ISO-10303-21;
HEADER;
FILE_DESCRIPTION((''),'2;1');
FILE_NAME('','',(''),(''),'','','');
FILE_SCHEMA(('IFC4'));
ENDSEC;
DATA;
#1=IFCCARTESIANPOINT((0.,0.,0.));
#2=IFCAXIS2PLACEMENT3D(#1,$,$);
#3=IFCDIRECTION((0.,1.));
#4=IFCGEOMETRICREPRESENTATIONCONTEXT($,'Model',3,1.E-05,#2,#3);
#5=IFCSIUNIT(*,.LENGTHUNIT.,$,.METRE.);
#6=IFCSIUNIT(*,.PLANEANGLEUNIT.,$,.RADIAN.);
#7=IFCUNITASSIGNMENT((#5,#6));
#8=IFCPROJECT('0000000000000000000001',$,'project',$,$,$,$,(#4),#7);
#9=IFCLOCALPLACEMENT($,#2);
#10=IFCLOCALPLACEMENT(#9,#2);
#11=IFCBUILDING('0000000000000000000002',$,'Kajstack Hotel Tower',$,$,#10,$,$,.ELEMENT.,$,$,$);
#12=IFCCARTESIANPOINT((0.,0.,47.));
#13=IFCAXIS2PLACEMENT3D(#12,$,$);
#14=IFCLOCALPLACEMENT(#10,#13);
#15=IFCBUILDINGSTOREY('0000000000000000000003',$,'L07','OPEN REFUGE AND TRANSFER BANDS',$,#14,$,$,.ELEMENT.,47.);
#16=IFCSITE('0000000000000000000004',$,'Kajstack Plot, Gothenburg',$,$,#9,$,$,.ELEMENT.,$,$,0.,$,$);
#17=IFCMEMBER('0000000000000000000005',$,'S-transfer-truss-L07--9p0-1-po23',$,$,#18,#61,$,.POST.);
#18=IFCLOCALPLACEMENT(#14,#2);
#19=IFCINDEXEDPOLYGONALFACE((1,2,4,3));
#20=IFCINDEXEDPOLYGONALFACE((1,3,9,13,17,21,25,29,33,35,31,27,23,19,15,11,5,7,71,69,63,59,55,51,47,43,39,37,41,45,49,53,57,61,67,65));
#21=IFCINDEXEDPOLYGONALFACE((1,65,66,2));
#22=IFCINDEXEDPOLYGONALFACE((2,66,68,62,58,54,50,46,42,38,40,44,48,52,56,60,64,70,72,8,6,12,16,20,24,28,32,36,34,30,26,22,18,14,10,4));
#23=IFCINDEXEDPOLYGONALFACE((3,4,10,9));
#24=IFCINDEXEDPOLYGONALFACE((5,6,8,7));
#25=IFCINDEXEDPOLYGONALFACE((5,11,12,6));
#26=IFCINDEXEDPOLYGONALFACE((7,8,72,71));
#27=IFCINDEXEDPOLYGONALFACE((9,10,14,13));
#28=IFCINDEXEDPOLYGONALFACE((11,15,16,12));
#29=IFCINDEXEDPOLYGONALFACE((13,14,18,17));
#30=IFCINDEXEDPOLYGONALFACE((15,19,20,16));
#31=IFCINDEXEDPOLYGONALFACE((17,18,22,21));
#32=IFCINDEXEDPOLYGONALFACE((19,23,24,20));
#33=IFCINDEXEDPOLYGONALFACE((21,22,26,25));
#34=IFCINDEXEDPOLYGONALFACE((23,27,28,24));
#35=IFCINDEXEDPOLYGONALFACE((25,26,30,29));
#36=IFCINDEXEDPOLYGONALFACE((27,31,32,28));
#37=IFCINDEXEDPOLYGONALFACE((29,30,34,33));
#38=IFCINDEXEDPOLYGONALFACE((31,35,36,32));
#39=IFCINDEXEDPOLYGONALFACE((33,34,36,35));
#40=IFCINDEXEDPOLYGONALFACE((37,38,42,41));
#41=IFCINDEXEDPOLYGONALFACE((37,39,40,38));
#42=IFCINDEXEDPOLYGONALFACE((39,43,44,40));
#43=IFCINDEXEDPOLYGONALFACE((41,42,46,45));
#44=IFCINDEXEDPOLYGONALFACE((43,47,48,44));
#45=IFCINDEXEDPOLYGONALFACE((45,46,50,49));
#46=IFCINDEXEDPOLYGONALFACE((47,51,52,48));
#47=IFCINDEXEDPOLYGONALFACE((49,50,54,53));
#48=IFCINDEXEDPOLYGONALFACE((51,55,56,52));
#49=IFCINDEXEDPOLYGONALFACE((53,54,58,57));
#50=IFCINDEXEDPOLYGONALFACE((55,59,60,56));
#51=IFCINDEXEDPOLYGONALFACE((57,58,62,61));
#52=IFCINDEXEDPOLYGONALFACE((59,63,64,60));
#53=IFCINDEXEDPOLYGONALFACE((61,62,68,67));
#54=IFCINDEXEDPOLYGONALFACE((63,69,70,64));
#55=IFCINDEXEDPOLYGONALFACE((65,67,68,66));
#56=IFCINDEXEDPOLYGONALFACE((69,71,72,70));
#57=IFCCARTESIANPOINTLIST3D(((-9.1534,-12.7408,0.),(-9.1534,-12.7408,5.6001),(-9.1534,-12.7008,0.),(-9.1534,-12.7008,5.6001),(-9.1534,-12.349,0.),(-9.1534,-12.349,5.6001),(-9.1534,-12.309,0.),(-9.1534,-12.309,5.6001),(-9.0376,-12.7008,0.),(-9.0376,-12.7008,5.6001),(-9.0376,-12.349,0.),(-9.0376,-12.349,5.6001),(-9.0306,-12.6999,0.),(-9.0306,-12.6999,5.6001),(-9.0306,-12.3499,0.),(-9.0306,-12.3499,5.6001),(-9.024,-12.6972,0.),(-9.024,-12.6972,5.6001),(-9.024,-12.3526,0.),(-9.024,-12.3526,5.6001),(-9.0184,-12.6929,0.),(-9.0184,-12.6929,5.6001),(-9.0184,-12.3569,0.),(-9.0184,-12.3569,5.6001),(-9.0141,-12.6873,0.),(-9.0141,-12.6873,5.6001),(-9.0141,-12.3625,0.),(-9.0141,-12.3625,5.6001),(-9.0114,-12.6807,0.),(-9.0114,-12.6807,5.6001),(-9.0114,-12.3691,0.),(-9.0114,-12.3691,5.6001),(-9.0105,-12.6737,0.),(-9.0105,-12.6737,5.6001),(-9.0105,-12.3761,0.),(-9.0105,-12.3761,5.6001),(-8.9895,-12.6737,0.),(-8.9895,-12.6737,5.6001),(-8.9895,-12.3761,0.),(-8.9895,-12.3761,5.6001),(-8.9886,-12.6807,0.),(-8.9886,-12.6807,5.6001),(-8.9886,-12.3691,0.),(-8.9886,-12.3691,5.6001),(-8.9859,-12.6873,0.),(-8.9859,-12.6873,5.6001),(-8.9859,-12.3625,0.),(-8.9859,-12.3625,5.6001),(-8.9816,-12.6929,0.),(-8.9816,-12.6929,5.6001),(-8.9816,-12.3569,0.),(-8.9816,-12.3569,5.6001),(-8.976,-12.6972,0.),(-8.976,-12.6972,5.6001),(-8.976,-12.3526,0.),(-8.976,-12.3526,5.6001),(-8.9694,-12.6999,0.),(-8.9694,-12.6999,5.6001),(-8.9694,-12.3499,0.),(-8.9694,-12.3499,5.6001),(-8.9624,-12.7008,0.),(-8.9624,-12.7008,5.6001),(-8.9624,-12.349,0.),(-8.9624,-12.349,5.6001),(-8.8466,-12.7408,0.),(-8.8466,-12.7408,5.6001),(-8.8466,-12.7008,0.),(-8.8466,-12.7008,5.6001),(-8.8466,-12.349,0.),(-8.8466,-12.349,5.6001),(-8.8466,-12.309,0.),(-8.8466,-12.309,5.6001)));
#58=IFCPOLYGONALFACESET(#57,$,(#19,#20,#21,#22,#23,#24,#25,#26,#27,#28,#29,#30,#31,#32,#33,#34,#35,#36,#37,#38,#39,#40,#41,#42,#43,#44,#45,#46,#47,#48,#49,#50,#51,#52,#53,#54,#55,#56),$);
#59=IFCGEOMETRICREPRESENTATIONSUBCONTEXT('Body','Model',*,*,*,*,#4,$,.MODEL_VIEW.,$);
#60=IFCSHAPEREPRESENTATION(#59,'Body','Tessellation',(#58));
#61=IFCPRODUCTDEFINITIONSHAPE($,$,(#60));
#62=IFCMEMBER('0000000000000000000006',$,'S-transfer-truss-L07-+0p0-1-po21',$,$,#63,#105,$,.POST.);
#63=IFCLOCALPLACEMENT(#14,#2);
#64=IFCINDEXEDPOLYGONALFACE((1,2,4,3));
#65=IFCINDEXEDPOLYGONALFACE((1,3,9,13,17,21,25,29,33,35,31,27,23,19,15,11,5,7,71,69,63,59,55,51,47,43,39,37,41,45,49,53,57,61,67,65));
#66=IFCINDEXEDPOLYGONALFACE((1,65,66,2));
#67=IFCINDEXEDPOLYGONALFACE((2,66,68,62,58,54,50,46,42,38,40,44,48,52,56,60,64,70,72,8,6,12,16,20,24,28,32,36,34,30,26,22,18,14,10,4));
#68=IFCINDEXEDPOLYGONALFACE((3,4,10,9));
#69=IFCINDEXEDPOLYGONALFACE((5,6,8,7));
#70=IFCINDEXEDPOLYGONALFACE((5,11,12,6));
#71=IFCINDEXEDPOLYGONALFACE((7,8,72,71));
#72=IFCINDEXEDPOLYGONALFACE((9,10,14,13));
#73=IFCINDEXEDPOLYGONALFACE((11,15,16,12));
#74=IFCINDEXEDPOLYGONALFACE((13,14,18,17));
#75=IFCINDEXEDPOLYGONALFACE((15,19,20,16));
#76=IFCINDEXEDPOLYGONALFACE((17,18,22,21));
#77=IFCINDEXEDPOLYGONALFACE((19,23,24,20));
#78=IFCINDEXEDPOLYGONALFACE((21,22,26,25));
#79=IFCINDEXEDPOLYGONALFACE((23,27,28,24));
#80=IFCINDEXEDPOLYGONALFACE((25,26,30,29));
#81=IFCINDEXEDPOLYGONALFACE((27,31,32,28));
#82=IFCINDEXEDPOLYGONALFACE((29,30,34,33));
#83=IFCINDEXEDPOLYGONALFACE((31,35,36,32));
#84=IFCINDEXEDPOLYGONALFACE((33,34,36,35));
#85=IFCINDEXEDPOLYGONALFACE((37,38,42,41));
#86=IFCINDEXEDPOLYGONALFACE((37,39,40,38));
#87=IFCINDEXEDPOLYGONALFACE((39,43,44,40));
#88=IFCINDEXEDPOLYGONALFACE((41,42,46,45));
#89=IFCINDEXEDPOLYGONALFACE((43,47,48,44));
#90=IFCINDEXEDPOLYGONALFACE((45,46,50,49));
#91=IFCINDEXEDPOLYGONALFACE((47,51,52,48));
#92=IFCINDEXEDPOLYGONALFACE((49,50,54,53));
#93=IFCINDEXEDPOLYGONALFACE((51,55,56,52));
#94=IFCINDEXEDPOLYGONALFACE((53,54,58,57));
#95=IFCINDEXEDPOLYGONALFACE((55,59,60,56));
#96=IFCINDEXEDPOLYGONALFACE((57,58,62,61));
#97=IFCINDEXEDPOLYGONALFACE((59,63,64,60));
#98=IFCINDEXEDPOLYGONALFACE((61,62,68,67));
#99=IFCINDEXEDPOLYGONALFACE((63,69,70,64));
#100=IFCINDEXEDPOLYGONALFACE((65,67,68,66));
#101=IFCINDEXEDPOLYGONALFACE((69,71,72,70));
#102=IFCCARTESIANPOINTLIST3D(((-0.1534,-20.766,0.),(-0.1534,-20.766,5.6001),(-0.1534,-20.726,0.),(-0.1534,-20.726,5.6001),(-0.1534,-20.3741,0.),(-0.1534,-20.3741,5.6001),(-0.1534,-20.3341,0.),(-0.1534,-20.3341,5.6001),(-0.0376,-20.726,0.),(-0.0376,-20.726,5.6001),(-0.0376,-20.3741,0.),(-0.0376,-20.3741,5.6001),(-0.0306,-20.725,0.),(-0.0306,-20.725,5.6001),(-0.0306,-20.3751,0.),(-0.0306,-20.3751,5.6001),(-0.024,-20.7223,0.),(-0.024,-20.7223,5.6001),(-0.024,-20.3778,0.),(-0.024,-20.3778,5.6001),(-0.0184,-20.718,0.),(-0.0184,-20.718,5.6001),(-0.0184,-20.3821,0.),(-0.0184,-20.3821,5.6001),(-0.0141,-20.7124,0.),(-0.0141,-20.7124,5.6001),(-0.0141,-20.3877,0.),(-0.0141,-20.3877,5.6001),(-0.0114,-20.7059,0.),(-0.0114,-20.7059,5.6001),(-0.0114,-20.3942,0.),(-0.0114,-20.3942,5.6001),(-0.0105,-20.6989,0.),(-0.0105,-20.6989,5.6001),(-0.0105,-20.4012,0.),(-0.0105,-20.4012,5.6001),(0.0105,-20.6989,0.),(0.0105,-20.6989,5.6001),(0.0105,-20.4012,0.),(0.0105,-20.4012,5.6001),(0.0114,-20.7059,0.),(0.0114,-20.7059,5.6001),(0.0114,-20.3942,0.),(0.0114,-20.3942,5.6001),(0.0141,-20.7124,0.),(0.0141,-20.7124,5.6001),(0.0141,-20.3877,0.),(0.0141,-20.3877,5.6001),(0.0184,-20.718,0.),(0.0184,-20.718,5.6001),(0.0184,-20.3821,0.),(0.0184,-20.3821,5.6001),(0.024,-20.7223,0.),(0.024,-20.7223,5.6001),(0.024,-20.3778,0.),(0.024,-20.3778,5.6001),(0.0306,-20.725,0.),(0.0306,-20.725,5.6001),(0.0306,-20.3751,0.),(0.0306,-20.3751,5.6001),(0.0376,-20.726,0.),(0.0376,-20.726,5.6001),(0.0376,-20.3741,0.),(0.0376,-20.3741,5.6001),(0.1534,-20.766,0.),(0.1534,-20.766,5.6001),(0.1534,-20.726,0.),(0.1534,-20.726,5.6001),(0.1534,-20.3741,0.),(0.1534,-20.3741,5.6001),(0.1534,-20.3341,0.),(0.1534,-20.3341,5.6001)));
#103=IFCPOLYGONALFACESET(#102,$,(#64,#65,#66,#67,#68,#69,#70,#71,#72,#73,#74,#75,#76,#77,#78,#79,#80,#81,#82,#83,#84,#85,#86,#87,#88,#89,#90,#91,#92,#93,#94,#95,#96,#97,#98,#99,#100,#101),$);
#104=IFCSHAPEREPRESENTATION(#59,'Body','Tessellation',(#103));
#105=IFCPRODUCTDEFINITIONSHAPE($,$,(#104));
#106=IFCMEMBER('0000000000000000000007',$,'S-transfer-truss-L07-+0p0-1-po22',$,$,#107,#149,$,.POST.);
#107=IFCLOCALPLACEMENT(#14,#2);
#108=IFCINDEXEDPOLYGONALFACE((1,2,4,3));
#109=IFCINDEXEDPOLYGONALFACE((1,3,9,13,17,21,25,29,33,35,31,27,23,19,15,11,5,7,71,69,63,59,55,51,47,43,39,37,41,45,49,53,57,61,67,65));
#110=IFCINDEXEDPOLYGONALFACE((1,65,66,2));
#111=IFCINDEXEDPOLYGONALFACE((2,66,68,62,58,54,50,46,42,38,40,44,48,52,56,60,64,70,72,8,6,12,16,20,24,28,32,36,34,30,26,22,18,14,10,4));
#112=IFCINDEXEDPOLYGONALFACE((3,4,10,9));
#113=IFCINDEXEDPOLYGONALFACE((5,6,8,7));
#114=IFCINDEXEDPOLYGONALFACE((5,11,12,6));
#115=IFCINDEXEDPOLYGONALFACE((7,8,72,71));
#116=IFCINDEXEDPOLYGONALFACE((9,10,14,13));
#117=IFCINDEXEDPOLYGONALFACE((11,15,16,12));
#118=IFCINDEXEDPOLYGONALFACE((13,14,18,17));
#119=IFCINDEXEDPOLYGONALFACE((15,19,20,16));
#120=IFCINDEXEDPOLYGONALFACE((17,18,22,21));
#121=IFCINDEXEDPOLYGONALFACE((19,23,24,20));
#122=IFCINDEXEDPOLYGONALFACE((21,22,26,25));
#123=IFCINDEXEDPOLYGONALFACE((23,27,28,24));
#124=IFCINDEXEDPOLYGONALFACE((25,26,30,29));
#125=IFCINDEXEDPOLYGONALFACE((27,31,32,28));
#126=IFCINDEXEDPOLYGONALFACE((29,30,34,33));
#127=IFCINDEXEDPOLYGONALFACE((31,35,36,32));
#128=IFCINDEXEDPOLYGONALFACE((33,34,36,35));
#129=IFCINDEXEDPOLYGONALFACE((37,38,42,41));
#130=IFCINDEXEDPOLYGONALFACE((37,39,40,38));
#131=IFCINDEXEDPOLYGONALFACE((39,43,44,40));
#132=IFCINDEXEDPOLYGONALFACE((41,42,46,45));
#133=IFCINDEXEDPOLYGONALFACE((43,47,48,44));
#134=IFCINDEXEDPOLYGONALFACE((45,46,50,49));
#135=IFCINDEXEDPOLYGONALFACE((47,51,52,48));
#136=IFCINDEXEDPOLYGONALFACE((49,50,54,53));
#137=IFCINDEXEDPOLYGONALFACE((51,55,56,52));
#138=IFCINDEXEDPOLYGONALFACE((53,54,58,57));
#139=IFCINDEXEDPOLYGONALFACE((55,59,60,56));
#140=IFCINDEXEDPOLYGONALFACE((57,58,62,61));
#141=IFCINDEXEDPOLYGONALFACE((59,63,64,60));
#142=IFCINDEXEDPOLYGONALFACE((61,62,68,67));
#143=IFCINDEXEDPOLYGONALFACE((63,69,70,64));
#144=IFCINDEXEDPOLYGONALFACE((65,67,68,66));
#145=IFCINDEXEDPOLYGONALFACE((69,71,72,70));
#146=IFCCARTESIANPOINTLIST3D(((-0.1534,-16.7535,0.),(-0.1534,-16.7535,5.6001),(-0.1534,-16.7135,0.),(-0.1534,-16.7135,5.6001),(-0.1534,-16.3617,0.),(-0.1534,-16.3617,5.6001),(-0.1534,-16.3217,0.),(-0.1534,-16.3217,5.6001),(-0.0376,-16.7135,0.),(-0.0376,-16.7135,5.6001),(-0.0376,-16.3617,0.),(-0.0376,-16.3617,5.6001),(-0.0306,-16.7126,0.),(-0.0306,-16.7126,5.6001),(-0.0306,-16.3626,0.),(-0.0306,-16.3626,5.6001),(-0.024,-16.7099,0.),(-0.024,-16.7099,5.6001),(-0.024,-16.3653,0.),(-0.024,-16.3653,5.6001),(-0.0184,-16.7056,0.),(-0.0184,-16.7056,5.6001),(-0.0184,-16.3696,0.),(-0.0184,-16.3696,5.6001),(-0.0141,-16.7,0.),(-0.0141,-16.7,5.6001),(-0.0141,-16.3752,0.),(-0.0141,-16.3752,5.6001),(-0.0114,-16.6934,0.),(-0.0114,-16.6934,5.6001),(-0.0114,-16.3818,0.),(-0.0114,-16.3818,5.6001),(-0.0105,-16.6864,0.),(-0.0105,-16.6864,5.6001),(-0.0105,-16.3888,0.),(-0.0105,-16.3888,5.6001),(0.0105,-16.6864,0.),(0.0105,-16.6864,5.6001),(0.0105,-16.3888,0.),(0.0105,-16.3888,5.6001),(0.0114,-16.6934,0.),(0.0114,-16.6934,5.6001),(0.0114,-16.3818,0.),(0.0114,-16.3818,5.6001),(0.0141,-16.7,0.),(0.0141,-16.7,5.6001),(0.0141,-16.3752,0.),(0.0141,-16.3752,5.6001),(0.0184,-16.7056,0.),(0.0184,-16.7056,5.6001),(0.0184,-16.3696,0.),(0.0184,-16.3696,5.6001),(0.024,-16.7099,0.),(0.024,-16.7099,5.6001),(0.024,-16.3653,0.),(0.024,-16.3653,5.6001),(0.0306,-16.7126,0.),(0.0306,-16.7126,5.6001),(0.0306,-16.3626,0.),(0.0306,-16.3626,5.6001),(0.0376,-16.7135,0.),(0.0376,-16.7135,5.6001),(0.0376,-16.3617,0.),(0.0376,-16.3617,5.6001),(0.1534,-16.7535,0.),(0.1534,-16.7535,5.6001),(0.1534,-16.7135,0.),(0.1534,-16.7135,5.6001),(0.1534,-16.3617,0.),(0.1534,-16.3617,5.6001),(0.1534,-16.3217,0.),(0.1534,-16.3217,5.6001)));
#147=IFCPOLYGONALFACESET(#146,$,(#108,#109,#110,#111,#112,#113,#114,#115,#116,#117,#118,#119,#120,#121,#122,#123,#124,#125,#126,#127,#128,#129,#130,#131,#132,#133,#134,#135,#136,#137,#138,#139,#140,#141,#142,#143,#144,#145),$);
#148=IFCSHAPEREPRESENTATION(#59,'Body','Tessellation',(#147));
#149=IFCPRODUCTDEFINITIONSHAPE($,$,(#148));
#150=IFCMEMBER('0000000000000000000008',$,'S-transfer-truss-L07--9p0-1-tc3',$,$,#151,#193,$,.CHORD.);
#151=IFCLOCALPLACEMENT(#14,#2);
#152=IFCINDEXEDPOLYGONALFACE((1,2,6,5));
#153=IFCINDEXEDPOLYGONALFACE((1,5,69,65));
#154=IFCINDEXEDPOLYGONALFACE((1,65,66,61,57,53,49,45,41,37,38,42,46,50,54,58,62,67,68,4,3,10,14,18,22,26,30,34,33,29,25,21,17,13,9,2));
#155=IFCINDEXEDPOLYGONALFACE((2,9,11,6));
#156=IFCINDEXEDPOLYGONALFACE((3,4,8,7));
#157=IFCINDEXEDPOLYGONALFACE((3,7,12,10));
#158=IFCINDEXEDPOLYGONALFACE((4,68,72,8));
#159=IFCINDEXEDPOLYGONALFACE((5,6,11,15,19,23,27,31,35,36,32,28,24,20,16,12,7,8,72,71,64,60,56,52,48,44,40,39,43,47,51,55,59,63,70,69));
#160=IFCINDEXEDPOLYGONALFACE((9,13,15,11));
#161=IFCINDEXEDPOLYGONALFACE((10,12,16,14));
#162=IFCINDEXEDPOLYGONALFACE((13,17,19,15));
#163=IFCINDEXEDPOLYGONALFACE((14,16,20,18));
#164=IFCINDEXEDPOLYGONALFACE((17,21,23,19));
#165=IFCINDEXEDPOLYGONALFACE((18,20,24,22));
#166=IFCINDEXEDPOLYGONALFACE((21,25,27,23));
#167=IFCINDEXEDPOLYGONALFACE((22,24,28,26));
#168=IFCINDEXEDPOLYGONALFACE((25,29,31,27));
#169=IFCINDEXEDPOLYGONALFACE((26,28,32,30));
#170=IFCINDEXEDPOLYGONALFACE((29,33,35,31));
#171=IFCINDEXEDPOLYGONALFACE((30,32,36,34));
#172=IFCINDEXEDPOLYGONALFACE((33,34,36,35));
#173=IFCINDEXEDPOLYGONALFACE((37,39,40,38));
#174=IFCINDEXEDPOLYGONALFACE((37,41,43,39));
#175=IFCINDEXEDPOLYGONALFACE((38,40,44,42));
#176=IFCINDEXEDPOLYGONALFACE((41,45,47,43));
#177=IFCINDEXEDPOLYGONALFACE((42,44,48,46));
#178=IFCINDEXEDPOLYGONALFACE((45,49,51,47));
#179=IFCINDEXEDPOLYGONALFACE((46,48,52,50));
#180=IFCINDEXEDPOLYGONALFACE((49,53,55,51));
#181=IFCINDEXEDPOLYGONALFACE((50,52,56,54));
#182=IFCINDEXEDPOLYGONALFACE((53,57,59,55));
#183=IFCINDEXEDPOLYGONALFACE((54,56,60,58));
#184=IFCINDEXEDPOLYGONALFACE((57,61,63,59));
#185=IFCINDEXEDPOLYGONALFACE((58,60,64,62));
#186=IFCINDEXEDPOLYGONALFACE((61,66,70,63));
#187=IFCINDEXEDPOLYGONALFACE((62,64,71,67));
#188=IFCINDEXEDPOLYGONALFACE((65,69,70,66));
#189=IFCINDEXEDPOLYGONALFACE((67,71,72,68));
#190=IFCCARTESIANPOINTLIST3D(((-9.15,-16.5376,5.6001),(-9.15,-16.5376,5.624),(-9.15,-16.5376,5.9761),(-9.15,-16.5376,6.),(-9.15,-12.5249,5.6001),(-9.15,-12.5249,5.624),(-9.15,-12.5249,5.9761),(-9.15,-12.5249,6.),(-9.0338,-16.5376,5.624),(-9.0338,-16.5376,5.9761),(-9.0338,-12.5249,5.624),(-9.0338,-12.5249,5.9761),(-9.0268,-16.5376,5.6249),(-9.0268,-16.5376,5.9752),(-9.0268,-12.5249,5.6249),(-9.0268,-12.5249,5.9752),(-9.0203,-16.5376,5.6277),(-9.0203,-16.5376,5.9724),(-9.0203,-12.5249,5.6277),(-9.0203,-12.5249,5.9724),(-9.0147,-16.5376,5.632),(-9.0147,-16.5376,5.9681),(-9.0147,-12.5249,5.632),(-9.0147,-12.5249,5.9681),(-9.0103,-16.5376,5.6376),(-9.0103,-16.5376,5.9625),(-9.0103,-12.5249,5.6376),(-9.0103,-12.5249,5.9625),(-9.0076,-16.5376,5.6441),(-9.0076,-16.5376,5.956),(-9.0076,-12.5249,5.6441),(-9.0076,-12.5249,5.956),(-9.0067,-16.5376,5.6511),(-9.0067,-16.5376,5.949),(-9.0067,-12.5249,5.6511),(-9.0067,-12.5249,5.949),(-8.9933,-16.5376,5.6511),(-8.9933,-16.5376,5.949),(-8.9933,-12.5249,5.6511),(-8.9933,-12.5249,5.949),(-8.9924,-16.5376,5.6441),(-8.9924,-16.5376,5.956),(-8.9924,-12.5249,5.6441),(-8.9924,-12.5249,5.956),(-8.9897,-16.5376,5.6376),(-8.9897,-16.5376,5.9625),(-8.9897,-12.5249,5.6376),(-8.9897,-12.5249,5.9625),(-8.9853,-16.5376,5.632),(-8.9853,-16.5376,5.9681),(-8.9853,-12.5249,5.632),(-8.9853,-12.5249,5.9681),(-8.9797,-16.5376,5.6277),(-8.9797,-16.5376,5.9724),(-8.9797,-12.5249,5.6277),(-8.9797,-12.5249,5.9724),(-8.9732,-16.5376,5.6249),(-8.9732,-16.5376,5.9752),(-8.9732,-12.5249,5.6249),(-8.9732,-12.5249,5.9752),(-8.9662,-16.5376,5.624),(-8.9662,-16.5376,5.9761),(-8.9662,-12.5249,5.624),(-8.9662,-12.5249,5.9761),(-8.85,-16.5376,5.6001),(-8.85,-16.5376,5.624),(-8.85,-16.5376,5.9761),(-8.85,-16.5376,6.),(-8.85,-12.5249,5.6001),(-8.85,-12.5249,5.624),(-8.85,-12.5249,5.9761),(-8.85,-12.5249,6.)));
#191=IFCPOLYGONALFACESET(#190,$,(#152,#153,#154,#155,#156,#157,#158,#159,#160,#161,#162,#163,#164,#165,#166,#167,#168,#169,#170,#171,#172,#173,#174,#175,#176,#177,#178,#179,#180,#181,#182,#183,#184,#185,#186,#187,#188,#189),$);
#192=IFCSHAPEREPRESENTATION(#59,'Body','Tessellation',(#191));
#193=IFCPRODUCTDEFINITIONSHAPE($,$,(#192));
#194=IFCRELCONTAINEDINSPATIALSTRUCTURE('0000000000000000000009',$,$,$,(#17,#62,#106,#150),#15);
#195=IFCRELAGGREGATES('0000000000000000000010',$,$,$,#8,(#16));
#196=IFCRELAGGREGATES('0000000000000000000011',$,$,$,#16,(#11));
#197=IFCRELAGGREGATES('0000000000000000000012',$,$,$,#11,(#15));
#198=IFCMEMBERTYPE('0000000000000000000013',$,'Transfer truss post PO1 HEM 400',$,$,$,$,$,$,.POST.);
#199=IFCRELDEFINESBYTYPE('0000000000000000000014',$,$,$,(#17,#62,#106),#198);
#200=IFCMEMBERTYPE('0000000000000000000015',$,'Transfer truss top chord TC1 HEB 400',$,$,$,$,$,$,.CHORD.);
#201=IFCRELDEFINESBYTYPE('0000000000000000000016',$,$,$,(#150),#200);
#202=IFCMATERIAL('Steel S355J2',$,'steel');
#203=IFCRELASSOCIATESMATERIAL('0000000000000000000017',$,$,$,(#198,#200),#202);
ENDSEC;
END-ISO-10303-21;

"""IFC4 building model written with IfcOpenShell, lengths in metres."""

from ifc_helpers import new_model, si_unit, direction, frame, origin, origin_2d, place, context, subcontext, project, spatial, i_section, extrude, material, material_profile, profile_set, type_object, element, save


model = new_model("IFC4")

# Units and contexts
model_context = context("Model", 3, precision=1e-05, world=origin(), true_north=direction((0.0, 1.0)))
body_context = subcontext(model_context, "Body", "Model", "MODEL_VIEW")
ifc_project = project(units=[si_unit("LENGTHUNIT", "METRE"), si_unit("PLANEANGLEUNIT", "RADIAN")], contexts=[model_context])

# Site, building, storey
site_placement = place(None, origin())
site = spatial("IfcSite", under=ifc_project, at=site_placement, Name="Kajstack Plot, Gothenburg", CompositionType="ELEMENT", RefElevation=0.0)
building_placement = place(site_placement, origin())
building = spatial("IfcBuilding", under=site, at=building_placement, Name="Kajstack Hotel Tower", CompositionType="ELEMENT")
storey_placement = place(building_placement, frame((0.0, 0.0, 47.0)))
storey = spatial("IfcBuildingStorey", under=building, at=storey_placement, Name="L07", Description="OPEN REFUGE AND TRANSFER BANDS", CompositionType="ELEMENT", Elevation=47.0)

# Members
ifc_material = material(Name="Steel S355J2", Category="steel")
ifc_material_profile_1 = material_profile(ifc_material, i_section(OverallWidth=0.3069, OverallDepth=0.4319, WebThickness=0.021, FlangeThickness=0.04, FilletRadius=0.0271, at=origin_2d()), Name="HEM 400")
ifc_profile_set_1 = profile_set([ifc_material_profile_1], Name="Steel S355J2")
member_type_1 = type_object("IfcMemberType", Name="Transfer truss post PO1 HEM 400", PredefinedType="POST", material=ifc_profile_set_1)
for number, where, z_axis, x_axis, name in (
    (1, (-9.0, -12.5249, 0.0), (0.0, 0.0, 1.0), (1.0, 0.0, 0.0), "S-transfer-truss-L07--9p0-1-po23"),
    (2, (0.0, -20.55, 0.0), (0.0, 0.0, 1.0), (1.0, 0.0, 0.0), "S-transfer-truss-L07-+0p0-1-po21"),
    (3, (0.0, -16.5376, 0.0), (0.0, 0.0, 1.0), (1.0, 0.0, 0.0), "S-transfer-truss-L07-+0p0-1-po22"),
):
    element("IfcMember", number, at=place(storey_placement, frame(where, z_axis=z_axis, x_axis=x_axis)), inside=storey, type_object=member_type_1, Name=name, PredefinedType="POST", context=body_context, shape_type="SweptSolid", body=[
        extrude(i_section(OverallWidth=0.3069, OverallDepth=0.4319, WebThickness=0.021, FlangeThickness=0.04, FilletRadius=0.0271, at=origin_2d()), origin(), (0.0, 0.0, 1.0), 5.6001),
    ])
ifc_material_profile_2 = material_profile(ifc_material, i_section(OverallWidth=0.3, OverallDepth=0.3999, WebThickness=0.0134, FlangeThickness=0.0239, FilletRadius=0.0271, at=origin_2d()), Name="HEB 400")
ifc_profile_set_2 = profile_set([ifc_material_profile_2], Name="Steel S355J2")
member_type_2 = type_object("IfcMemberType", Name="Transfer truss top chord TC1 HEB 400", PredefinedType="CHORD", material=ifc_profile_set_2)
member_1_placement = place(storey_placement, frame((-9.0, -16.5376, 5.8), z_axis=(0.0, 1.0, 0.0), x_axis=(-1.0, 0.0, 0.0)))
element("IfcMember", 4, at=member_1_placement, inside=storey, type_object=member_type_2, Name="S-transfer-truss-L07--9p0-1-tc3", PredefinedType="CHORD", context=body_context, shape_type="SweptSolid", body=[
    extrude(i_section(OverallWidth=0.3, OverallDepth=0.3999, WebThickness=0.0134, FlangeThickness=0.0239, FilletRadius=0.0271, at=origin_2d()), origin(), (0.0, 0.0, 1.0), 4.0127),
])

save(model, "model.ifc")
